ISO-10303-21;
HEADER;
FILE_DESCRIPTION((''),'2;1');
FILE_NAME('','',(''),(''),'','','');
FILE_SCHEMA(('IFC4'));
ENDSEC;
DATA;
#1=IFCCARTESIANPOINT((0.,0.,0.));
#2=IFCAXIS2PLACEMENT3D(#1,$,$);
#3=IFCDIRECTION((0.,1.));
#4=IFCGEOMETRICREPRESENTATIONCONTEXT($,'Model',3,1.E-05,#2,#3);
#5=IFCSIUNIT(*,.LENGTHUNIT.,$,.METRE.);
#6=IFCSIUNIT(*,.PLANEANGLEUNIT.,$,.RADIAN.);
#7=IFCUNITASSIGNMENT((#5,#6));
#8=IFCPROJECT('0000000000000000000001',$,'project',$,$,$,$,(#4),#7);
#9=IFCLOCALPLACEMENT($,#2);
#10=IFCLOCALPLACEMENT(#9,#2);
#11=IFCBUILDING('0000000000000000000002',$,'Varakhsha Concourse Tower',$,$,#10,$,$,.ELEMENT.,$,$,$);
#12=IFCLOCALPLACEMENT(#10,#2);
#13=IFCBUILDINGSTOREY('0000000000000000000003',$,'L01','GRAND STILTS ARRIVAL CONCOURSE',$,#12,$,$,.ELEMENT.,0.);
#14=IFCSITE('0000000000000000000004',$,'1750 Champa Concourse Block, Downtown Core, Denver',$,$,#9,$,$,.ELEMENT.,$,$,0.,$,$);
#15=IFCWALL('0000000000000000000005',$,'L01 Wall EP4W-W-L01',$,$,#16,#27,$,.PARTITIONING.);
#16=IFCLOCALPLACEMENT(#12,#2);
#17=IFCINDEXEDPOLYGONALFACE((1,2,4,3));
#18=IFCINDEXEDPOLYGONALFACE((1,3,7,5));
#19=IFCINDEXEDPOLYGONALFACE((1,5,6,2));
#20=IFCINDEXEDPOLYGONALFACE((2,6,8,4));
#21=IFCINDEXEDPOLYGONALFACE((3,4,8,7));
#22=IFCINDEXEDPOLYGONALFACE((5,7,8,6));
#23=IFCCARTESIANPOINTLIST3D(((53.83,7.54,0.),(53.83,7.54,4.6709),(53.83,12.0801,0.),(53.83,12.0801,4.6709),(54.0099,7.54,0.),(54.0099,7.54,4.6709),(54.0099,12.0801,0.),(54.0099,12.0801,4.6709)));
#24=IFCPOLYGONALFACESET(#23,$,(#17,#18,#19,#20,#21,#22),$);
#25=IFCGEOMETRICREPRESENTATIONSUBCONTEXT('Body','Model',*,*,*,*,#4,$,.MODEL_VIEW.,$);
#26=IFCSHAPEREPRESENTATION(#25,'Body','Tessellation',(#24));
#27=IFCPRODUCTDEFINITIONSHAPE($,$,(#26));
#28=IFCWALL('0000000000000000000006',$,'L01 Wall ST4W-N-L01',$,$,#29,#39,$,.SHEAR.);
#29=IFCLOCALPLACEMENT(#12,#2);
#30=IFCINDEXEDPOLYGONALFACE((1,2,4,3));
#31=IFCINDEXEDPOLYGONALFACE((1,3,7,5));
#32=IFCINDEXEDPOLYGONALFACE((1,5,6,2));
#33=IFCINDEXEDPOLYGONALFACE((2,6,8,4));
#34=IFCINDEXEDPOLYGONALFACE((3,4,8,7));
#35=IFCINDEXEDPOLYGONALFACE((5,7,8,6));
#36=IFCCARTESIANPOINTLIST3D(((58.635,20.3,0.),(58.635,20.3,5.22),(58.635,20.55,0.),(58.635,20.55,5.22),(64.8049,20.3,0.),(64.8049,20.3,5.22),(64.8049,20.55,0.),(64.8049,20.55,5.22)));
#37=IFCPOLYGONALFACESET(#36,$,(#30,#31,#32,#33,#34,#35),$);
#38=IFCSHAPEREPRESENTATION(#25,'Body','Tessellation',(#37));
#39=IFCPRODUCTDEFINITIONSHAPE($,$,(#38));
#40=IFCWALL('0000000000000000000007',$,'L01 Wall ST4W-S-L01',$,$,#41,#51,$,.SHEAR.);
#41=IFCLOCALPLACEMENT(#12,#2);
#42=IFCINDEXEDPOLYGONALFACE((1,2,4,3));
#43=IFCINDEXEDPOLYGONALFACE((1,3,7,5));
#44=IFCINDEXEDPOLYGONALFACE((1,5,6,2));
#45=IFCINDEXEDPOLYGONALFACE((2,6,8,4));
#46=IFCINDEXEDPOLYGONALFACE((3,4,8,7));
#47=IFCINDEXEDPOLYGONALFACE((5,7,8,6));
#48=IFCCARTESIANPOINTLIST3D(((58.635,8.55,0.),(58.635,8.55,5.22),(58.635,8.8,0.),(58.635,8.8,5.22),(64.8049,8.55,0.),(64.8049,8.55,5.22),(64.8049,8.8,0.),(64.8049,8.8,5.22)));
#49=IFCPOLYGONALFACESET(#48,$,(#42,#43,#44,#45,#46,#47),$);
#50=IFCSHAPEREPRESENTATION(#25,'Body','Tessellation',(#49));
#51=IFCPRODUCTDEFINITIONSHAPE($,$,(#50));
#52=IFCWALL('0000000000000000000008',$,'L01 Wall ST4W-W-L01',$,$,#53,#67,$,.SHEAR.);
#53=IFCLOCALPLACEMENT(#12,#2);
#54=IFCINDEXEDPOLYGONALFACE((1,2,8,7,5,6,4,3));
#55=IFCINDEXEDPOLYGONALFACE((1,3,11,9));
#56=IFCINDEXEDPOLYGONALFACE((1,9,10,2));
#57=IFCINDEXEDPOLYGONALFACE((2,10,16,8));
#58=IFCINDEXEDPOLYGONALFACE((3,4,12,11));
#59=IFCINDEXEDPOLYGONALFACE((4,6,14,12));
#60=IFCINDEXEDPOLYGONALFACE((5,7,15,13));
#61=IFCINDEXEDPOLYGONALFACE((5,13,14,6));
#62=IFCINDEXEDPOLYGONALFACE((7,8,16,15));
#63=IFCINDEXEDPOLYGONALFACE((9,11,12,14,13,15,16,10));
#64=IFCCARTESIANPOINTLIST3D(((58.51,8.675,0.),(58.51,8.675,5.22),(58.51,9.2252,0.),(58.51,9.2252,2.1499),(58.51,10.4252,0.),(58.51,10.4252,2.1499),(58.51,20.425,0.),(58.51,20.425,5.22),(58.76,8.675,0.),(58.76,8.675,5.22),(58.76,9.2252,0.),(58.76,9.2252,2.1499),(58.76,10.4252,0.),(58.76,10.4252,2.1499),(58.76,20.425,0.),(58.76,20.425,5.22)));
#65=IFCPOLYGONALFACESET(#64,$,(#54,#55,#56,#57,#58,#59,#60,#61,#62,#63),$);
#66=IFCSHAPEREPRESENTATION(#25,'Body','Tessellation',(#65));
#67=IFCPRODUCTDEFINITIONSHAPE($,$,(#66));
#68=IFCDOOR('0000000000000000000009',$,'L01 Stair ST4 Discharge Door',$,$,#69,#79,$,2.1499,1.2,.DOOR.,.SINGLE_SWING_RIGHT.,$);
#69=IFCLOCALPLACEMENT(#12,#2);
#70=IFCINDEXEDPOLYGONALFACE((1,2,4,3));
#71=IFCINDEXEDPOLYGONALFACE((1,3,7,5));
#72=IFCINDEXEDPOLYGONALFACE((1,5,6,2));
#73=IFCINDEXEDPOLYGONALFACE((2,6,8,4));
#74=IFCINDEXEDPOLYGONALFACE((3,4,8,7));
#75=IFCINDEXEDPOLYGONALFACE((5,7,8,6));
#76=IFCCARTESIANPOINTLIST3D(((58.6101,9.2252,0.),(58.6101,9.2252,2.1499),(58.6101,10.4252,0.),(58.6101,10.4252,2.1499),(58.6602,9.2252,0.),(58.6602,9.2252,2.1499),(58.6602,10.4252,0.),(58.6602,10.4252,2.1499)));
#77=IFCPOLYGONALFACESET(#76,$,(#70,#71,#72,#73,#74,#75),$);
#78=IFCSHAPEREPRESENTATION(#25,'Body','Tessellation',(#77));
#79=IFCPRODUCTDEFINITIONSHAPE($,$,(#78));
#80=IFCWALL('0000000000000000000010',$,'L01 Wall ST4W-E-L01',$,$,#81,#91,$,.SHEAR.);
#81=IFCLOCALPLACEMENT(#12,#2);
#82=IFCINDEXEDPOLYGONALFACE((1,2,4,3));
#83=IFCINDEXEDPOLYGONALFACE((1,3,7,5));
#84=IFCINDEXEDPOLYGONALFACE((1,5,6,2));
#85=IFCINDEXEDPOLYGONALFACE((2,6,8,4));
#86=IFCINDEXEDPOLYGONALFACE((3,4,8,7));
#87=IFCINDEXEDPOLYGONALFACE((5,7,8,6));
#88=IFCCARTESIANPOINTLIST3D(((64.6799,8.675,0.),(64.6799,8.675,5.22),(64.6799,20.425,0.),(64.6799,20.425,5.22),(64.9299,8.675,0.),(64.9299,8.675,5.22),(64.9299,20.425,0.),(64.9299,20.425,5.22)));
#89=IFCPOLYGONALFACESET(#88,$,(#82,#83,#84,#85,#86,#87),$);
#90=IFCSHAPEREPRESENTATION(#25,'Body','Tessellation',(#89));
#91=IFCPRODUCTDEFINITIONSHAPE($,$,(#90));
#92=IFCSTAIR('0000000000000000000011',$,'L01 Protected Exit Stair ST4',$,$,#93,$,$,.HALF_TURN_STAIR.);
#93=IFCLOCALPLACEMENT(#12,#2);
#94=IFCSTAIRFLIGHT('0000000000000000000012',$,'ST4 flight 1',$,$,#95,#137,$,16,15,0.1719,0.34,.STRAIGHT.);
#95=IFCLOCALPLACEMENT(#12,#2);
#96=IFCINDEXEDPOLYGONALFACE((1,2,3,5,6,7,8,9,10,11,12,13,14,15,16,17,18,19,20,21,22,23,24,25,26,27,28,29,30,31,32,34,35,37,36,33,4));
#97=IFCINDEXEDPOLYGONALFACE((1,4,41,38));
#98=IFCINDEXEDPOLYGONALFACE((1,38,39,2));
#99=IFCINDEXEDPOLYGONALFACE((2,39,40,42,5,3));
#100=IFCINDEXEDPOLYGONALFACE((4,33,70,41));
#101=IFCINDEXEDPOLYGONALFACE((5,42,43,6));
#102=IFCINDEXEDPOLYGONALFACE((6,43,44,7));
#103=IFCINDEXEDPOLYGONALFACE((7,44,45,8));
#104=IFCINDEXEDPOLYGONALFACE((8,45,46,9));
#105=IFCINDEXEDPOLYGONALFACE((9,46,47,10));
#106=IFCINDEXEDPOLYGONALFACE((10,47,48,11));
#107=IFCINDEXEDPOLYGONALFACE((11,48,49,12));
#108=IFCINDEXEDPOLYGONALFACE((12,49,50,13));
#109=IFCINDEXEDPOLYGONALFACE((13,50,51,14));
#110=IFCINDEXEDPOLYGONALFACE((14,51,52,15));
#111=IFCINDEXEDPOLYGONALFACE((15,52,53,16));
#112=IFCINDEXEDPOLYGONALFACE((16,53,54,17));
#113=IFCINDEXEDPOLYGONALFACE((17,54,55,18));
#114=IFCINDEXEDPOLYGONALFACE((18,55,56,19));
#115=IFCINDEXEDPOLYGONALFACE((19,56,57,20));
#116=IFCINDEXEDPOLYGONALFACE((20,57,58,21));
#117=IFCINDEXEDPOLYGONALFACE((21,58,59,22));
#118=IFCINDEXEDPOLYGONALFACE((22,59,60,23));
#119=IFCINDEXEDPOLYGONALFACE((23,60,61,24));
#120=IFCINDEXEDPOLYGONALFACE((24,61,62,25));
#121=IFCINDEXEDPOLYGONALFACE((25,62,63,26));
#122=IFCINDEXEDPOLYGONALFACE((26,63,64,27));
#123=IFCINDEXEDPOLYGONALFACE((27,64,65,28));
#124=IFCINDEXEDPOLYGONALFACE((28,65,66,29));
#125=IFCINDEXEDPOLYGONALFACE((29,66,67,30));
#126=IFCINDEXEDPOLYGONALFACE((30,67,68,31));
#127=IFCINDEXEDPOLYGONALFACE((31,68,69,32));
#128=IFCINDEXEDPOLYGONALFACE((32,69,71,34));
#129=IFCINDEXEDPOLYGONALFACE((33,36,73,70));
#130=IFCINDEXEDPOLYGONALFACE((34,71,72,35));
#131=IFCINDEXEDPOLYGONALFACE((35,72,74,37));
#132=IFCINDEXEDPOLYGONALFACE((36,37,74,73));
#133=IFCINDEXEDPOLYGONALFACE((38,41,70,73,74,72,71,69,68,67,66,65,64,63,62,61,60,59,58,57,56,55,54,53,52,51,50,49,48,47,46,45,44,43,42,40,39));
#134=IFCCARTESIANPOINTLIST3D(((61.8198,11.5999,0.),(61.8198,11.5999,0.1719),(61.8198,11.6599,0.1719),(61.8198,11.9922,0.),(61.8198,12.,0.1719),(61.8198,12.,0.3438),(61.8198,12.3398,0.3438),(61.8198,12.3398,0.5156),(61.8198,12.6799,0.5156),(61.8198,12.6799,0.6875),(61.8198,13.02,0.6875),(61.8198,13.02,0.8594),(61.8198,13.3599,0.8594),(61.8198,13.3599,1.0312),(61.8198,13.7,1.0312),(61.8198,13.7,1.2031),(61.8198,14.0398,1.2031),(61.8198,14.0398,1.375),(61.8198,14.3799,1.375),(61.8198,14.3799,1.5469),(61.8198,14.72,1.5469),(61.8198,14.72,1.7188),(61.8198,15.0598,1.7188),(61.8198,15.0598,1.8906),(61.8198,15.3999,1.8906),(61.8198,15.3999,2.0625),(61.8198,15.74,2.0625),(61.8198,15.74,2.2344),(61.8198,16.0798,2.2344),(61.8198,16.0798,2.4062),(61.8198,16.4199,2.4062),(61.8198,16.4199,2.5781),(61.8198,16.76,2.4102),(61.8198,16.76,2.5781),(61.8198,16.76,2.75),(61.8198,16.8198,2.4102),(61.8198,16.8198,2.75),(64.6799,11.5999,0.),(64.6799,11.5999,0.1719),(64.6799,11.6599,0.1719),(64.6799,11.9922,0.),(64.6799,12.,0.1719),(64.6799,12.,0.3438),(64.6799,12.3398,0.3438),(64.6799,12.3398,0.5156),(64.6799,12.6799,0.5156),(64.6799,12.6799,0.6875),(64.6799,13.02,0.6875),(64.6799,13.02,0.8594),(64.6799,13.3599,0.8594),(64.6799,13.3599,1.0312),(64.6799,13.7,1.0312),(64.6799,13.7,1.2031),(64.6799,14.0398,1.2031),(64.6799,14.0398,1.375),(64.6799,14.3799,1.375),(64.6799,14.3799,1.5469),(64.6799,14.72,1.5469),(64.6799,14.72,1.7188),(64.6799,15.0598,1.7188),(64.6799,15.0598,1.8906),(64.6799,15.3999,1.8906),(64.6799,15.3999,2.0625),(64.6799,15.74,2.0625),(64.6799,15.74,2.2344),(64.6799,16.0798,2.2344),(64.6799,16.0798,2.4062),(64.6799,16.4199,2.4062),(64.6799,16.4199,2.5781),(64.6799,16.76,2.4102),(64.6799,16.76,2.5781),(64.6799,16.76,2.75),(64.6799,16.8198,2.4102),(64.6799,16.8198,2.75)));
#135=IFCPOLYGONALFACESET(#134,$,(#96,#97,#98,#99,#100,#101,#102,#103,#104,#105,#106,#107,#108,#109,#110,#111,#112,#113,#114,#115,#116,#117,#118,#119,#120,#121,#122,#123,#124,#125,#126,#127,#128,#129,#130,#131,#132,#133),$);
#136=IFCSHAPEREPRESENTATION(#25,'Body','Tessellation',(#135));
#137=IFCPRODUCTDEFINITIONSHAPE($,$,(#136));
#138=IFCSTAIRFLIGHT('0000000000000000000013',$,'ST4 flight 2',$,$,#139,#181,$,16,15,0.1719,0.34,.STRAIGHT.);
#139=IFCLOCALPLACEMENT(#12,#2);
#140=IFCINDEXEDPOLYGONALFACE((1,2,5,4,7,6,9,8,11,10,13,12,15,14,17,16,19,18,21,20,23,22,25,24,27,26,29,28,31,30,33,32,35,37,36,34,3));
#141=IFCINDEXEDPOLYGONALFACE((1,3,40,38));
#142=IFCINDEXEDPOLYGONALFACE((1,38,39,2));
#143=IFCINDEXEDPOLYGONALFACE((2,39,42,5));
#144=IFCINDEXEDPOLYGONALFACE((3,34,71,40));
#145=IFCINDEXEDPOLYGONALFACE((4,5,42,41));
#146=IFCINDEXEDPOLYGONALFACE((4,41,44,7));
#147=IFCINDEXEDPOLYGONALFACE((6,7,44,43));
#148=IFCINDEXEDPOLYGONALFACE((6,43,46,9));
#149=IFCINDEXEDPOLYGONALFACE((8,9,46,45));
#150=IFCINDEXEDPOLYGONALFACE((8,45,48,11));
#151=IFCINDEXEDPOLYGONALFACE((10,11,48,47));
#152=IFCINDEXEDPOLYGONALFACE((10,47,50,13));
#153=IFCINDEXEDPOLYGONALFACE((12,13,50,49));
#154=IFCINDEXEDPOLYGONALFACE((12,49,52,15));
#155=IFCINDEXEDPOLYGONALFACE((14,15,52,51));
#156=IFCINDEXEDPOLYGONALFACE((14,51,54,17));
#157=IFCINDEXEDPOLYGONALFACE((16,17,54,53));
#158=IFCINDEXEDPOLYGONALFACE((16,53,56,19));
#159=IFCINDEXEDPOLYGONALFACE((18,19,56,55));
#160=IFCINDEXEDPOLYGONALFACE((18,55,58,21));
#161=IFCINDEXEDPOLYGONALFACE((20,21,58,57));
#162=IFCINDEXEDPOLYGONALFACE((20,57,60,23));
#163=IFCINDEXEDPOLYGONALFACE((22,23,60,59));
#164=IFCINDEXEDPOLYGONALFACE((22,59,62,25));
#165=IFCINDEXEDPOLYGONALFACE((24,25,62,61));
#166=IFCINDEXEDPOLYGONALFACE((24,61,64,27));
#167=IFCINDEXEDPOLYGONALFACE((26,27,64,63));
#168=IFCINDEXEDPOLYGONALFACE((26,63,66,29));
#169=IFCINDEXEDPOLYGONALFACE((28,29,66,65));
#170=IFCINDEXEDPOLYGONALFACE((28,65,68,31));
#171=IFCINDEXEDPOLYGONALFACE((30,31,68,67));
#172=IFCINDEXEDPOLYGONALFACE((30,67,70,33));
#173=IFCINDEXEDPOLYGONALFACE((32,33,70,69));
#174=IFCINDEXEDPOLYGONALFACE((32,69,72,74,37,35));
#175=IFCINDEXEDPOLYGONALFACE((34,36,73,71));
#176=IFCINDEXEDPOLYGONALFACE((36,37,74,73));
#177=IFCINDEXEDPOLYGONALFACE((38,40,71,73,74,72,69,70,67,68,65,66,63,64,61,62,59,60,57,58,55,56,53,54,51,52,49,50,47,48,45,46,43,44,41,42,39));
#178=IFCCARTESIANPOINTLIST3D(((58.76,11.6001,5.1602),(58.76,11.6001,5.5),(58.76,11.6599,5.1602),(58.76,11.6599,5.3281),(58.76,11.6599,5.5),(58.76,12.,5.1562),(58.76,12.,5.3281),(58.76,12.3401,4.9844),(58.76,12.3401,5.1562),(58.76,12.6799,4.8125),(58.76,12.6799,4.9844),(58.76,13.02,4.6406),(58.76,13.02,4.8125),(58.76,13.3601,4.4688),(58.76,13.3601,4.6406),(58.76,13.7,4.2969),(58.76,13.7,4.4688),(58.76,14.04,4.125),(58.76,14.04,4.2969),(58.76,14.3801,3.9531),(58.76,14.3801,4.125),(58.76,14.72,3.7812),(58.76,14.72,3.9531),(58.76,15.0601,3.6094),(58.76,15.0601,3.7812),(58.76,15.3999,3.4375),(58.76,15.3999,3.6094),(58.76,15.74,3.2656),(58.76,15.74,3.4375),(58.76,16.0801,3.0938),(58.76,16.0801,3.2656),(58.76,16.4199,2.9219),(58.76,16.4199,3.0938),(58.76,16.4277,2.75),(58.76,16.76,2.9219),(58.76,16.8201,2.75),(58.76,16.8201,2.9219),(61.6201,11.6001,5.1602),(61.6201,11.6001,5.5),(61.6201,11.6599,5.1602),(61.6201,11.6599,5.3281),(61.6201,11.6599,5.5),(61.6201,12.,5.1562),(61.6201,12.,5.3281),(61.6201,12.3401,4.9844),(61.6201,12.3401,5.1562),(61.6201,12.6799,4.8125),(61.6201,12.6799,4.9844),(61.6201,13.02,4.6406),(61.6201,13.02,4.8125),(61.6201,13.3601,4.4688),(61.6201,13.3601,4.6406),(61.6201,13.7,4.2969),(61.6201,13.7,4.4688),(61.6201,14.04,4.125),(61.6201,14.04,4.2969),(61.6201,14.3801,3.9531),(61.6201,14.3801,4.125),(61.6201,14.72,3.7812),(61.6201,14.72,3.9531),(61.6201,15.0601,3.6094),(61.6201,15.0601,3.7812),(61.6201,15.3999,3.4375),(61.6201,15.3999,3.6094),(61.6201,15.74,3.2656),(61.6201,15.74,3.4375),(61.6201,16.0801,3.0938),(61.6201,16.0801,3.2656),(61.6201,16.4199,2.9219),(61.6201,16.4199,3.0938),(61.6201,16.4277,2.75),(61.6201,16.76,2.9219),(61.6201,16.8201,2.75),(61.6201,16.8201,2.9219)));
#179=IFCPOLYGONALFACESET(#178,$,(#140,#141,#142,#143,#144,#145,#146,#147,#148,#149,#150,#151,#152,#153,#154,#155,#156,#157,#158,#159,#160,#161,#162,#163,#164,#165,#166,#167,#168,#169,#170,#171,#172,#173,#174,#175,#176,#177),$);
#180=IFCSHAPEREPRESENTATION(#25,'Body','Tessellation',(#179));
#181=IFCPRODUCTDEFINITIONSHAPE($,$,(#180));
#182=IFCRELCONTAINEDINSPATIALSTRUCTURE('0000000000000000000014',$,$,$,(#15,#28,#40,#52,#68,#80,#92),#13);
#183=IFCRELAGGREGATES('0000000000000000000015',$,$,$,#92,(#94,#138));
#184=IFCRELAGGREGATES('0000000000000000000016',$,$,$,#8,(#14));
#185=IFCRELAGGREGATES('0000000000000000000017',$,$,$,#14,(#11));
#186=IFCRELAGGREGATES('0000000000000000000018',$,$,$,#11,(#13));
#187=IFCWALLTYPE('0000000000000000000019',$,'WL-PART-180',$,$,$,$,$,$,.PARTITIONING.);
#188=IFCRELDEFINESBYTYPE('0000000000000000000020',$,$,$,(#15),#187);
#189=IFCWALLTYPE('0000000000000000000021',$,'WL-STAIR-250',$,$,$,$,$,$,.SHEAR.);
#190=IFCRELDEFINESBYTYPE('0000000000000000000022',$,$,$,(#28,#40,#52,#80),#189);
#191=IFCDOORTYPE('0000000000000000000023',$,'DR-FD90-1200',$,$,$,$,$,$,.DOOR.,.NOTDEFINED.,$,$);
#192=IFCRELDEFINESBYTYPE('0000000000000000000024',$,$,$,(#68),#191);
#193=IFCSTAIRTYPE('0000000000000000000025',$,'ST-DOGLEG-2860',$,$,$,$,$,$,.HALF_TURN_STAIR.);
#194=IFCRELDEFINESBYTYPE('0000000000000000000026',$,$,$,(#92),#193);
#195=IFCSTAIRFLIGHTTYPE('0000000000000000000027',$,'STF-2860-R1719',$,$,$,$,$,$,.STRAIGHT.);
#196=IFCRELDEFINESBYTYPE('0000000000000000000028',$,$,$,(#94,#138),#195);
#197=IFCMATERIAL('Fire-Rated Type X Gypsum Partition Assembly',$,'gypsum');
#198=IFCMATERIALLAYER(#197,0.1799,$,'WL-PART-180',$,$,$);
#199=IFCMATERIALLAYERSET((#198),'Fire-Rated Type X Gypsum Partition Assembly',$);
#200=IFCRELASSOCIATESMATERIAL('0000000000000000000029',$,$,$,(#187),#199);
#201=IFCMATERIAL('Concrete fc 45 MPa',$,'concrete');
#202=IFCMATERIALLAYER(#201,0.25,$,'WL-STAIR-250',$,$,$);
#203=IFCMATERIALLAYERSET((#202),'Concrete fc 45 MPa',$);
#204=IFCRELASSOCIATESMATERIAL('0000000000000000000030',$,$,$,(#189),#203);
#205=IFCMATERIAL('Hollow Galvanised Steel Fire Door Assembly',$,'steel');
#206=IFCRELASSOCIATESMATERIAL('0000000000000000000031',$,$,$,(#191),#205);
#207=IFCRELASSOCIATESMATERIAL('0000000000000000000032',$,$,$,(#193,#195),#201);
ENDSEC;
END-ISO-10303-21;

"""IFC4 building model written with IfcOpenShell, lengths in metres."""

from ifc_helpers import new_model, si_unit, direction, frame, frame_2d, origin, place, context, subcontext, project, spatial, polyline, rectangle, outline, extrude, material, layer, layer_set, type_object, element, fill, aggregate, save


model = new_model("IFC4")

# Units and contexts
model_context = context("Model", 3, precision=1e-05, world=origin(), true_north=direction((0.0, 1.0)))
body_context = subcontext(model_context, "Body", "Model", "MODEL_VIEW")
ifc_project = project(units=[si_unit("LENGTHUNIT", "METRE"), si_unit("PLANEANGLEUNIT", "RADIAN")], contexts=[model_context])

# Site, building, storey
site_placement = place(None, origin())
site = spatial("IfcSite", under=ifc_project, at=site_placement, Name="1750 Champa Concourse Block, Downtown Core, Denver", CompositionType="ELEMENT", RefElevation=0.0)
building_placement = place(site_placement, origin())
building = spatial("IfcBuilding", under=site, at=building_placement, Name="Varakhsha Concourse Tower", CompositionType="ELEMENT")
storey_placement = place(building_placement, origin())
storey = spatial("IfcBuildingStorey", under=building, at=storey_placement, Name="L01", Description="GRAND STILTS ARRIVAL CONCOURSE", CompositionType="ELEMENT", Elevation=0.0)

# Shared definitions
ifc_material_1 = material(Name="Concrete fc 45 MPa", Category="concrete")

# Walls
ifc_material_2 = material(Name="Fire-Rated Type X Gypsum Partition Assembly", Category="gypsum")
ifc_layer_1 = layer(ifc_material_2, 0.1799, Name="WL-PART-180")
ifc_layer_set_1 = layer_set([ifc_layer_1], Name="Fire-Rated Type X Gypsum Partition Assembly")
wall_type_1 = type_object("IfcWallType", Name="WL-PART-180", PredefinedType="PARTITIONING", material=ifc_layer_set_1)
wall_1_placement = place(storey_placement, frame((53.9199, 7.54, 0.0), z_axis=(0.0, 0.0, 1.0), x_axis=(0.0, 1.0, 0.0)))
element("IfcWall", 1, at=wall_1_placement, inside=storey, type_object=wall_type_1, Name="L01 Wall EP4W-W-L01", PredefinedType="PARTITIONING", context=body_context, shape_type="SweptSolid", body=[
    extrude(rectangle(XDim=4.54, YDim=0.1799, at=frame_2d((2.27, 0.0))), origin(), (0.0, 0.0, 1.0), 4.6709),
])
ifc_layer_2 = layer(ifc_material_1, 0.25, Name="WL-STAIR-250")
ifc_layer_set_2 = layer_set([ifc_layer_2], Name="Concrete fc 45 MPa")
wall_type_2 = type_object("IfcWallType", Name="WL-STAIR-250", PredefinedType="SHEAR", material=ifc_layer_set_2)
for number, where, z_axis, x_axis, name in (
    (2, (58.635, 20.425, 0.0), (0.0, 0.0, 1.0), (1.0, 0.0, 0.0), "L01 Wall ST4W-N-L01"),
    (3, (58.635, 8.675, 0.0), (0.0, 0.0, 1.0), (1.0, 0.0, 0.0), "L01 Wall ST4W-S-L01"),
):
    element("IfcWall", number, at=place(storey_placement, frame(where, z_axis=z_axis, x_axis=x_axis)), inside=storey, type_object=wall_type_2, Name=name, PredefinedType="SHEAR", context=body_context, shape_type="SweptSolid", body=[
        extrude(rectangle(XDim=6.1699, YDim=0.25, at=frame_2d((3.085, 0.0))), origin(), (0.0, 0.0, 1.0), 5.22),
    ])

# Wall, opening, door
wall_2_placement = place(storey_placement, frame((58.635, 8.675, 0.0), z_axis=(0.0, 0.0, 1.0), x_axis=(0.0, 1.0, 0.0)))
wall_2 = element("IfcWall", 4, at=wall_2_placement, inside=storey, type_object=wall_type_2, Name="L01 Wall ST4W-W-L01", PredefinedType="SHEAR", context=body_context, shape_type="SweptSolid", body=[
    extrude(rectangle(XDim=11.75, YDim=0.25, at=frame_2d((5.875, 0.0))), origin(), (0.0, 0.0, 1.0), 5.22),
])
opening_1_placement = place(wall_2_placement, frame((0.55, 0.0, 0.0)))
opening_1 = element("IfcOpeningElement", 5, at=opening_1_placement, cuts=wall_2, PredefinedType="OPENING", context=body_context, shape_type="SweptSolid", body=[
    extrude(rectangle(XDim=1.2, YDim=2.1499, at=frame_2d((0.6001, 1.075))), frame((0.0, 0.135, 0.0), z_axis=(0.0, -1.0, 0.0), x_axis=(1.0, 0.0, 0.0)), (0.0, 0.0, 1.0), 0.27),
])
ifc_material_3 = material(Name="Hollow Galvanised Steel Fire Door Assembly", Category="steel")
door_type_1 = type_object("IfcDoorType", Name="DR-FD90-1200", OperationType="NOTDEFINED", PredefinedType="DOOR", material=ifc_material_3)
door_1_placement = place(opening_1_placement, origin())
door_1 = element("IfcDoor", 6, at=door_1_placement, inside=storey, type_object=door_type_1, Name="L01 Stair ST4 Discharge Door", OperationType="SINGLE_SWING_RIGHT", OverallHeight=2.1499, OverallWidth=1.2, PredefinedType="DOOR", context=body_context, shape_type="SweptSolid", body=[
    extrude(rectangle(XDim=1.2, YDim=2.1499, at=frame_2d((0.6001, 1.075))), frame((0.0, 0.0249, 0.0), z_axis=(0.0, -1.0, 0.0), x_axis=(1.0, 0.0, 0.0)), (0.0, 0.0, 1.0), 0.05),
])
fill(opening_1, door_1)

# Wall
wall_3_placement = place(storey_placement, frame((64.8049, 8.675, 0.0), z_axis=(0.0, 0.0, 1.0), x_axis=(0.0, 1.0, 0.0)))
element("IfcWall", 7, at=wall_3_placement, inside=storey, type_object=wall_type_2, Name="L01 Wall ST4W-E-L01", PredefinedType="SHEAR", context=body_context, shape_type="SweptSolid", body=[
    extrude(rectangle(XDim=11.75, YDim=0.25, at=frame_2d((5.875, 0.0))), origin(), (0.0, 0.0, 1.0), 5.22),
])

# Stair, stair flights
stair_type = type_object("IfcStairType", Name="ST-DOGLEG-2860", PredefinedType="HALF_TURN_STAIR", material=ifc_material_1)
stair_placement = place(storey_placement, origin())
stair = element("IfcStair", 8, at=stair_placement, inside=storey, type_object=stair_type, Name="L01 Protected Exit Stair ST4", PredefinedType="HALF_TURN_STAIR")
stair_flight_type = type_object("IfcStairFlightType", Name="STF-2860-R1719", PredefinedType="STRAIGHT", material=ifc_material_1)
stair_flight_1_placement = place(storey_placement, frame((63.25, 11.6599, 0.0), z_axis=(0.0, 0.0, 1.0), x_axis=(0.0, 1.0, 0.0)))
stair_flight_1 = element("IfcStairFlight", 9, at=stair_flight_1_placement, type_object=stair_flight_type, Name="ST4 flight 1", NumberOfRisers=16, NumberOfTreads=15, PredefinedType="STRAIGHT", RiserHeight=0.1719, TreadLength=0.34, context=body_context, shape_type="SweptSolid", body=[
    extrude(outline(polyline([(-0.0601, 0.0), (-0.0601, 0.1719), (0.0, 0.1719), (0.3401, 0.1719), (0.3401, 0.3438), (0.6799, 0.3438), (0.6799, 0.5156), (1.02, 0.5156), (1.02, 0.6875), (1.3601, 0.6875), (1.3601, 0.8594), (1.7, 0.8594), (1.7, 1.0312), (2.04, 1.0312), (2.04, 1.2031), (2.3799, 1.2031), (2.3799, 1.375), (2.72, 1.375), (2.72, 1.5469), (3.0601, 1.5469), (3.0601, 1.7188), (3.3999, 1.7188), (3.3999, 1.8906), (3.74, 1.8906), (3.74, 2.0625), (4.0801, 2.0625), (4.0801, 2.2344), (4.4199, 2.2344), (4.4199, 2.4062), (4.76, 2.4062), (4.76, 2.5781), (5.1001, 2.5781), (5.1001, 2.75), (5.1599, 2.75), (5.1599, 2.4102), (5.1001, 2.4102), (0.3323, 0.0), (-0.0601, 0.0)])), frame((0.0, 1.4302, 0.0), z_axis=(0.0, -1.0, 0.0), x_axis=(1.0, 0.0, 0.0)), (0.0, 0.0, 1.0), 2.8601),
])
stair_flight_2_placement = place(storey_placement, frame((60.1899, 16.76, 2.75), z_axis=(0.0, 0.0, 1.0), x_axis=(0.0, -1.0, 0.0)))
stair_flight_2 = element("IfcStairFlight", 10, at=stair_flight_2_placement, type_object=stair_flight_type, Name="ST4 flight 2", NumberOfRisers=16, NumberOfTreads=15, PredefinedType="STRAIGHT", RiserHeight=0.1719, TreadLength=0.34, context=body_context, shape_type="SweptSolid", body=[
    extrude(outline(polyline([(-0.0601, 0.0), (-0.0601, 0.1719), (0.0, 0.1719), (0.3401, 0.1719), (0.3401, 0.3438), (0.6799, 0.3438), (0.6799, 0.5156), (1.02, 0.5156), (1.02, 0.6875), (1.3601, 0.6875), (1.3601, 0.8594), (1.7, 0.8594), (1.7, 1.0312), (2.04, 1.0312), (2.04, 1.2031), (2.3799, 1.2031), (2.3799, 1.375), (2.72, 1.375), (2.72, 1.5469), (3.0601, 1.5469), (3.0601, 1.7188), (3.3999, 1.7188), (3.3999, 1.8906), (3.74, 1.8906), (3.74, 2.0625), (4.0801, 2.0625), (4.0801, 2.2344), (4.4199, 2.2344), (4.4199, 2.4062), (4.76, 2.4062), (4.76, 2.5781), (5.1001, 2.5781), (5.1001, 2.75), (5.1599, 2.75), (5.1599, 2.4102), (5.1001, 2.4102), (0.3323, 0.0), (-0.0601, 0.0)])), frame((0.0, 1.4302, 0.0), z_axis=(0.0, -1.0, 0.0), x_axis=(1.0, 0.0, 0.0)), (0.0, 0.0, 1.0), 2.8601),
])
aggregate(stair, [stair_flight_1, stair_flight_2])

save(model, "model.ifc")
